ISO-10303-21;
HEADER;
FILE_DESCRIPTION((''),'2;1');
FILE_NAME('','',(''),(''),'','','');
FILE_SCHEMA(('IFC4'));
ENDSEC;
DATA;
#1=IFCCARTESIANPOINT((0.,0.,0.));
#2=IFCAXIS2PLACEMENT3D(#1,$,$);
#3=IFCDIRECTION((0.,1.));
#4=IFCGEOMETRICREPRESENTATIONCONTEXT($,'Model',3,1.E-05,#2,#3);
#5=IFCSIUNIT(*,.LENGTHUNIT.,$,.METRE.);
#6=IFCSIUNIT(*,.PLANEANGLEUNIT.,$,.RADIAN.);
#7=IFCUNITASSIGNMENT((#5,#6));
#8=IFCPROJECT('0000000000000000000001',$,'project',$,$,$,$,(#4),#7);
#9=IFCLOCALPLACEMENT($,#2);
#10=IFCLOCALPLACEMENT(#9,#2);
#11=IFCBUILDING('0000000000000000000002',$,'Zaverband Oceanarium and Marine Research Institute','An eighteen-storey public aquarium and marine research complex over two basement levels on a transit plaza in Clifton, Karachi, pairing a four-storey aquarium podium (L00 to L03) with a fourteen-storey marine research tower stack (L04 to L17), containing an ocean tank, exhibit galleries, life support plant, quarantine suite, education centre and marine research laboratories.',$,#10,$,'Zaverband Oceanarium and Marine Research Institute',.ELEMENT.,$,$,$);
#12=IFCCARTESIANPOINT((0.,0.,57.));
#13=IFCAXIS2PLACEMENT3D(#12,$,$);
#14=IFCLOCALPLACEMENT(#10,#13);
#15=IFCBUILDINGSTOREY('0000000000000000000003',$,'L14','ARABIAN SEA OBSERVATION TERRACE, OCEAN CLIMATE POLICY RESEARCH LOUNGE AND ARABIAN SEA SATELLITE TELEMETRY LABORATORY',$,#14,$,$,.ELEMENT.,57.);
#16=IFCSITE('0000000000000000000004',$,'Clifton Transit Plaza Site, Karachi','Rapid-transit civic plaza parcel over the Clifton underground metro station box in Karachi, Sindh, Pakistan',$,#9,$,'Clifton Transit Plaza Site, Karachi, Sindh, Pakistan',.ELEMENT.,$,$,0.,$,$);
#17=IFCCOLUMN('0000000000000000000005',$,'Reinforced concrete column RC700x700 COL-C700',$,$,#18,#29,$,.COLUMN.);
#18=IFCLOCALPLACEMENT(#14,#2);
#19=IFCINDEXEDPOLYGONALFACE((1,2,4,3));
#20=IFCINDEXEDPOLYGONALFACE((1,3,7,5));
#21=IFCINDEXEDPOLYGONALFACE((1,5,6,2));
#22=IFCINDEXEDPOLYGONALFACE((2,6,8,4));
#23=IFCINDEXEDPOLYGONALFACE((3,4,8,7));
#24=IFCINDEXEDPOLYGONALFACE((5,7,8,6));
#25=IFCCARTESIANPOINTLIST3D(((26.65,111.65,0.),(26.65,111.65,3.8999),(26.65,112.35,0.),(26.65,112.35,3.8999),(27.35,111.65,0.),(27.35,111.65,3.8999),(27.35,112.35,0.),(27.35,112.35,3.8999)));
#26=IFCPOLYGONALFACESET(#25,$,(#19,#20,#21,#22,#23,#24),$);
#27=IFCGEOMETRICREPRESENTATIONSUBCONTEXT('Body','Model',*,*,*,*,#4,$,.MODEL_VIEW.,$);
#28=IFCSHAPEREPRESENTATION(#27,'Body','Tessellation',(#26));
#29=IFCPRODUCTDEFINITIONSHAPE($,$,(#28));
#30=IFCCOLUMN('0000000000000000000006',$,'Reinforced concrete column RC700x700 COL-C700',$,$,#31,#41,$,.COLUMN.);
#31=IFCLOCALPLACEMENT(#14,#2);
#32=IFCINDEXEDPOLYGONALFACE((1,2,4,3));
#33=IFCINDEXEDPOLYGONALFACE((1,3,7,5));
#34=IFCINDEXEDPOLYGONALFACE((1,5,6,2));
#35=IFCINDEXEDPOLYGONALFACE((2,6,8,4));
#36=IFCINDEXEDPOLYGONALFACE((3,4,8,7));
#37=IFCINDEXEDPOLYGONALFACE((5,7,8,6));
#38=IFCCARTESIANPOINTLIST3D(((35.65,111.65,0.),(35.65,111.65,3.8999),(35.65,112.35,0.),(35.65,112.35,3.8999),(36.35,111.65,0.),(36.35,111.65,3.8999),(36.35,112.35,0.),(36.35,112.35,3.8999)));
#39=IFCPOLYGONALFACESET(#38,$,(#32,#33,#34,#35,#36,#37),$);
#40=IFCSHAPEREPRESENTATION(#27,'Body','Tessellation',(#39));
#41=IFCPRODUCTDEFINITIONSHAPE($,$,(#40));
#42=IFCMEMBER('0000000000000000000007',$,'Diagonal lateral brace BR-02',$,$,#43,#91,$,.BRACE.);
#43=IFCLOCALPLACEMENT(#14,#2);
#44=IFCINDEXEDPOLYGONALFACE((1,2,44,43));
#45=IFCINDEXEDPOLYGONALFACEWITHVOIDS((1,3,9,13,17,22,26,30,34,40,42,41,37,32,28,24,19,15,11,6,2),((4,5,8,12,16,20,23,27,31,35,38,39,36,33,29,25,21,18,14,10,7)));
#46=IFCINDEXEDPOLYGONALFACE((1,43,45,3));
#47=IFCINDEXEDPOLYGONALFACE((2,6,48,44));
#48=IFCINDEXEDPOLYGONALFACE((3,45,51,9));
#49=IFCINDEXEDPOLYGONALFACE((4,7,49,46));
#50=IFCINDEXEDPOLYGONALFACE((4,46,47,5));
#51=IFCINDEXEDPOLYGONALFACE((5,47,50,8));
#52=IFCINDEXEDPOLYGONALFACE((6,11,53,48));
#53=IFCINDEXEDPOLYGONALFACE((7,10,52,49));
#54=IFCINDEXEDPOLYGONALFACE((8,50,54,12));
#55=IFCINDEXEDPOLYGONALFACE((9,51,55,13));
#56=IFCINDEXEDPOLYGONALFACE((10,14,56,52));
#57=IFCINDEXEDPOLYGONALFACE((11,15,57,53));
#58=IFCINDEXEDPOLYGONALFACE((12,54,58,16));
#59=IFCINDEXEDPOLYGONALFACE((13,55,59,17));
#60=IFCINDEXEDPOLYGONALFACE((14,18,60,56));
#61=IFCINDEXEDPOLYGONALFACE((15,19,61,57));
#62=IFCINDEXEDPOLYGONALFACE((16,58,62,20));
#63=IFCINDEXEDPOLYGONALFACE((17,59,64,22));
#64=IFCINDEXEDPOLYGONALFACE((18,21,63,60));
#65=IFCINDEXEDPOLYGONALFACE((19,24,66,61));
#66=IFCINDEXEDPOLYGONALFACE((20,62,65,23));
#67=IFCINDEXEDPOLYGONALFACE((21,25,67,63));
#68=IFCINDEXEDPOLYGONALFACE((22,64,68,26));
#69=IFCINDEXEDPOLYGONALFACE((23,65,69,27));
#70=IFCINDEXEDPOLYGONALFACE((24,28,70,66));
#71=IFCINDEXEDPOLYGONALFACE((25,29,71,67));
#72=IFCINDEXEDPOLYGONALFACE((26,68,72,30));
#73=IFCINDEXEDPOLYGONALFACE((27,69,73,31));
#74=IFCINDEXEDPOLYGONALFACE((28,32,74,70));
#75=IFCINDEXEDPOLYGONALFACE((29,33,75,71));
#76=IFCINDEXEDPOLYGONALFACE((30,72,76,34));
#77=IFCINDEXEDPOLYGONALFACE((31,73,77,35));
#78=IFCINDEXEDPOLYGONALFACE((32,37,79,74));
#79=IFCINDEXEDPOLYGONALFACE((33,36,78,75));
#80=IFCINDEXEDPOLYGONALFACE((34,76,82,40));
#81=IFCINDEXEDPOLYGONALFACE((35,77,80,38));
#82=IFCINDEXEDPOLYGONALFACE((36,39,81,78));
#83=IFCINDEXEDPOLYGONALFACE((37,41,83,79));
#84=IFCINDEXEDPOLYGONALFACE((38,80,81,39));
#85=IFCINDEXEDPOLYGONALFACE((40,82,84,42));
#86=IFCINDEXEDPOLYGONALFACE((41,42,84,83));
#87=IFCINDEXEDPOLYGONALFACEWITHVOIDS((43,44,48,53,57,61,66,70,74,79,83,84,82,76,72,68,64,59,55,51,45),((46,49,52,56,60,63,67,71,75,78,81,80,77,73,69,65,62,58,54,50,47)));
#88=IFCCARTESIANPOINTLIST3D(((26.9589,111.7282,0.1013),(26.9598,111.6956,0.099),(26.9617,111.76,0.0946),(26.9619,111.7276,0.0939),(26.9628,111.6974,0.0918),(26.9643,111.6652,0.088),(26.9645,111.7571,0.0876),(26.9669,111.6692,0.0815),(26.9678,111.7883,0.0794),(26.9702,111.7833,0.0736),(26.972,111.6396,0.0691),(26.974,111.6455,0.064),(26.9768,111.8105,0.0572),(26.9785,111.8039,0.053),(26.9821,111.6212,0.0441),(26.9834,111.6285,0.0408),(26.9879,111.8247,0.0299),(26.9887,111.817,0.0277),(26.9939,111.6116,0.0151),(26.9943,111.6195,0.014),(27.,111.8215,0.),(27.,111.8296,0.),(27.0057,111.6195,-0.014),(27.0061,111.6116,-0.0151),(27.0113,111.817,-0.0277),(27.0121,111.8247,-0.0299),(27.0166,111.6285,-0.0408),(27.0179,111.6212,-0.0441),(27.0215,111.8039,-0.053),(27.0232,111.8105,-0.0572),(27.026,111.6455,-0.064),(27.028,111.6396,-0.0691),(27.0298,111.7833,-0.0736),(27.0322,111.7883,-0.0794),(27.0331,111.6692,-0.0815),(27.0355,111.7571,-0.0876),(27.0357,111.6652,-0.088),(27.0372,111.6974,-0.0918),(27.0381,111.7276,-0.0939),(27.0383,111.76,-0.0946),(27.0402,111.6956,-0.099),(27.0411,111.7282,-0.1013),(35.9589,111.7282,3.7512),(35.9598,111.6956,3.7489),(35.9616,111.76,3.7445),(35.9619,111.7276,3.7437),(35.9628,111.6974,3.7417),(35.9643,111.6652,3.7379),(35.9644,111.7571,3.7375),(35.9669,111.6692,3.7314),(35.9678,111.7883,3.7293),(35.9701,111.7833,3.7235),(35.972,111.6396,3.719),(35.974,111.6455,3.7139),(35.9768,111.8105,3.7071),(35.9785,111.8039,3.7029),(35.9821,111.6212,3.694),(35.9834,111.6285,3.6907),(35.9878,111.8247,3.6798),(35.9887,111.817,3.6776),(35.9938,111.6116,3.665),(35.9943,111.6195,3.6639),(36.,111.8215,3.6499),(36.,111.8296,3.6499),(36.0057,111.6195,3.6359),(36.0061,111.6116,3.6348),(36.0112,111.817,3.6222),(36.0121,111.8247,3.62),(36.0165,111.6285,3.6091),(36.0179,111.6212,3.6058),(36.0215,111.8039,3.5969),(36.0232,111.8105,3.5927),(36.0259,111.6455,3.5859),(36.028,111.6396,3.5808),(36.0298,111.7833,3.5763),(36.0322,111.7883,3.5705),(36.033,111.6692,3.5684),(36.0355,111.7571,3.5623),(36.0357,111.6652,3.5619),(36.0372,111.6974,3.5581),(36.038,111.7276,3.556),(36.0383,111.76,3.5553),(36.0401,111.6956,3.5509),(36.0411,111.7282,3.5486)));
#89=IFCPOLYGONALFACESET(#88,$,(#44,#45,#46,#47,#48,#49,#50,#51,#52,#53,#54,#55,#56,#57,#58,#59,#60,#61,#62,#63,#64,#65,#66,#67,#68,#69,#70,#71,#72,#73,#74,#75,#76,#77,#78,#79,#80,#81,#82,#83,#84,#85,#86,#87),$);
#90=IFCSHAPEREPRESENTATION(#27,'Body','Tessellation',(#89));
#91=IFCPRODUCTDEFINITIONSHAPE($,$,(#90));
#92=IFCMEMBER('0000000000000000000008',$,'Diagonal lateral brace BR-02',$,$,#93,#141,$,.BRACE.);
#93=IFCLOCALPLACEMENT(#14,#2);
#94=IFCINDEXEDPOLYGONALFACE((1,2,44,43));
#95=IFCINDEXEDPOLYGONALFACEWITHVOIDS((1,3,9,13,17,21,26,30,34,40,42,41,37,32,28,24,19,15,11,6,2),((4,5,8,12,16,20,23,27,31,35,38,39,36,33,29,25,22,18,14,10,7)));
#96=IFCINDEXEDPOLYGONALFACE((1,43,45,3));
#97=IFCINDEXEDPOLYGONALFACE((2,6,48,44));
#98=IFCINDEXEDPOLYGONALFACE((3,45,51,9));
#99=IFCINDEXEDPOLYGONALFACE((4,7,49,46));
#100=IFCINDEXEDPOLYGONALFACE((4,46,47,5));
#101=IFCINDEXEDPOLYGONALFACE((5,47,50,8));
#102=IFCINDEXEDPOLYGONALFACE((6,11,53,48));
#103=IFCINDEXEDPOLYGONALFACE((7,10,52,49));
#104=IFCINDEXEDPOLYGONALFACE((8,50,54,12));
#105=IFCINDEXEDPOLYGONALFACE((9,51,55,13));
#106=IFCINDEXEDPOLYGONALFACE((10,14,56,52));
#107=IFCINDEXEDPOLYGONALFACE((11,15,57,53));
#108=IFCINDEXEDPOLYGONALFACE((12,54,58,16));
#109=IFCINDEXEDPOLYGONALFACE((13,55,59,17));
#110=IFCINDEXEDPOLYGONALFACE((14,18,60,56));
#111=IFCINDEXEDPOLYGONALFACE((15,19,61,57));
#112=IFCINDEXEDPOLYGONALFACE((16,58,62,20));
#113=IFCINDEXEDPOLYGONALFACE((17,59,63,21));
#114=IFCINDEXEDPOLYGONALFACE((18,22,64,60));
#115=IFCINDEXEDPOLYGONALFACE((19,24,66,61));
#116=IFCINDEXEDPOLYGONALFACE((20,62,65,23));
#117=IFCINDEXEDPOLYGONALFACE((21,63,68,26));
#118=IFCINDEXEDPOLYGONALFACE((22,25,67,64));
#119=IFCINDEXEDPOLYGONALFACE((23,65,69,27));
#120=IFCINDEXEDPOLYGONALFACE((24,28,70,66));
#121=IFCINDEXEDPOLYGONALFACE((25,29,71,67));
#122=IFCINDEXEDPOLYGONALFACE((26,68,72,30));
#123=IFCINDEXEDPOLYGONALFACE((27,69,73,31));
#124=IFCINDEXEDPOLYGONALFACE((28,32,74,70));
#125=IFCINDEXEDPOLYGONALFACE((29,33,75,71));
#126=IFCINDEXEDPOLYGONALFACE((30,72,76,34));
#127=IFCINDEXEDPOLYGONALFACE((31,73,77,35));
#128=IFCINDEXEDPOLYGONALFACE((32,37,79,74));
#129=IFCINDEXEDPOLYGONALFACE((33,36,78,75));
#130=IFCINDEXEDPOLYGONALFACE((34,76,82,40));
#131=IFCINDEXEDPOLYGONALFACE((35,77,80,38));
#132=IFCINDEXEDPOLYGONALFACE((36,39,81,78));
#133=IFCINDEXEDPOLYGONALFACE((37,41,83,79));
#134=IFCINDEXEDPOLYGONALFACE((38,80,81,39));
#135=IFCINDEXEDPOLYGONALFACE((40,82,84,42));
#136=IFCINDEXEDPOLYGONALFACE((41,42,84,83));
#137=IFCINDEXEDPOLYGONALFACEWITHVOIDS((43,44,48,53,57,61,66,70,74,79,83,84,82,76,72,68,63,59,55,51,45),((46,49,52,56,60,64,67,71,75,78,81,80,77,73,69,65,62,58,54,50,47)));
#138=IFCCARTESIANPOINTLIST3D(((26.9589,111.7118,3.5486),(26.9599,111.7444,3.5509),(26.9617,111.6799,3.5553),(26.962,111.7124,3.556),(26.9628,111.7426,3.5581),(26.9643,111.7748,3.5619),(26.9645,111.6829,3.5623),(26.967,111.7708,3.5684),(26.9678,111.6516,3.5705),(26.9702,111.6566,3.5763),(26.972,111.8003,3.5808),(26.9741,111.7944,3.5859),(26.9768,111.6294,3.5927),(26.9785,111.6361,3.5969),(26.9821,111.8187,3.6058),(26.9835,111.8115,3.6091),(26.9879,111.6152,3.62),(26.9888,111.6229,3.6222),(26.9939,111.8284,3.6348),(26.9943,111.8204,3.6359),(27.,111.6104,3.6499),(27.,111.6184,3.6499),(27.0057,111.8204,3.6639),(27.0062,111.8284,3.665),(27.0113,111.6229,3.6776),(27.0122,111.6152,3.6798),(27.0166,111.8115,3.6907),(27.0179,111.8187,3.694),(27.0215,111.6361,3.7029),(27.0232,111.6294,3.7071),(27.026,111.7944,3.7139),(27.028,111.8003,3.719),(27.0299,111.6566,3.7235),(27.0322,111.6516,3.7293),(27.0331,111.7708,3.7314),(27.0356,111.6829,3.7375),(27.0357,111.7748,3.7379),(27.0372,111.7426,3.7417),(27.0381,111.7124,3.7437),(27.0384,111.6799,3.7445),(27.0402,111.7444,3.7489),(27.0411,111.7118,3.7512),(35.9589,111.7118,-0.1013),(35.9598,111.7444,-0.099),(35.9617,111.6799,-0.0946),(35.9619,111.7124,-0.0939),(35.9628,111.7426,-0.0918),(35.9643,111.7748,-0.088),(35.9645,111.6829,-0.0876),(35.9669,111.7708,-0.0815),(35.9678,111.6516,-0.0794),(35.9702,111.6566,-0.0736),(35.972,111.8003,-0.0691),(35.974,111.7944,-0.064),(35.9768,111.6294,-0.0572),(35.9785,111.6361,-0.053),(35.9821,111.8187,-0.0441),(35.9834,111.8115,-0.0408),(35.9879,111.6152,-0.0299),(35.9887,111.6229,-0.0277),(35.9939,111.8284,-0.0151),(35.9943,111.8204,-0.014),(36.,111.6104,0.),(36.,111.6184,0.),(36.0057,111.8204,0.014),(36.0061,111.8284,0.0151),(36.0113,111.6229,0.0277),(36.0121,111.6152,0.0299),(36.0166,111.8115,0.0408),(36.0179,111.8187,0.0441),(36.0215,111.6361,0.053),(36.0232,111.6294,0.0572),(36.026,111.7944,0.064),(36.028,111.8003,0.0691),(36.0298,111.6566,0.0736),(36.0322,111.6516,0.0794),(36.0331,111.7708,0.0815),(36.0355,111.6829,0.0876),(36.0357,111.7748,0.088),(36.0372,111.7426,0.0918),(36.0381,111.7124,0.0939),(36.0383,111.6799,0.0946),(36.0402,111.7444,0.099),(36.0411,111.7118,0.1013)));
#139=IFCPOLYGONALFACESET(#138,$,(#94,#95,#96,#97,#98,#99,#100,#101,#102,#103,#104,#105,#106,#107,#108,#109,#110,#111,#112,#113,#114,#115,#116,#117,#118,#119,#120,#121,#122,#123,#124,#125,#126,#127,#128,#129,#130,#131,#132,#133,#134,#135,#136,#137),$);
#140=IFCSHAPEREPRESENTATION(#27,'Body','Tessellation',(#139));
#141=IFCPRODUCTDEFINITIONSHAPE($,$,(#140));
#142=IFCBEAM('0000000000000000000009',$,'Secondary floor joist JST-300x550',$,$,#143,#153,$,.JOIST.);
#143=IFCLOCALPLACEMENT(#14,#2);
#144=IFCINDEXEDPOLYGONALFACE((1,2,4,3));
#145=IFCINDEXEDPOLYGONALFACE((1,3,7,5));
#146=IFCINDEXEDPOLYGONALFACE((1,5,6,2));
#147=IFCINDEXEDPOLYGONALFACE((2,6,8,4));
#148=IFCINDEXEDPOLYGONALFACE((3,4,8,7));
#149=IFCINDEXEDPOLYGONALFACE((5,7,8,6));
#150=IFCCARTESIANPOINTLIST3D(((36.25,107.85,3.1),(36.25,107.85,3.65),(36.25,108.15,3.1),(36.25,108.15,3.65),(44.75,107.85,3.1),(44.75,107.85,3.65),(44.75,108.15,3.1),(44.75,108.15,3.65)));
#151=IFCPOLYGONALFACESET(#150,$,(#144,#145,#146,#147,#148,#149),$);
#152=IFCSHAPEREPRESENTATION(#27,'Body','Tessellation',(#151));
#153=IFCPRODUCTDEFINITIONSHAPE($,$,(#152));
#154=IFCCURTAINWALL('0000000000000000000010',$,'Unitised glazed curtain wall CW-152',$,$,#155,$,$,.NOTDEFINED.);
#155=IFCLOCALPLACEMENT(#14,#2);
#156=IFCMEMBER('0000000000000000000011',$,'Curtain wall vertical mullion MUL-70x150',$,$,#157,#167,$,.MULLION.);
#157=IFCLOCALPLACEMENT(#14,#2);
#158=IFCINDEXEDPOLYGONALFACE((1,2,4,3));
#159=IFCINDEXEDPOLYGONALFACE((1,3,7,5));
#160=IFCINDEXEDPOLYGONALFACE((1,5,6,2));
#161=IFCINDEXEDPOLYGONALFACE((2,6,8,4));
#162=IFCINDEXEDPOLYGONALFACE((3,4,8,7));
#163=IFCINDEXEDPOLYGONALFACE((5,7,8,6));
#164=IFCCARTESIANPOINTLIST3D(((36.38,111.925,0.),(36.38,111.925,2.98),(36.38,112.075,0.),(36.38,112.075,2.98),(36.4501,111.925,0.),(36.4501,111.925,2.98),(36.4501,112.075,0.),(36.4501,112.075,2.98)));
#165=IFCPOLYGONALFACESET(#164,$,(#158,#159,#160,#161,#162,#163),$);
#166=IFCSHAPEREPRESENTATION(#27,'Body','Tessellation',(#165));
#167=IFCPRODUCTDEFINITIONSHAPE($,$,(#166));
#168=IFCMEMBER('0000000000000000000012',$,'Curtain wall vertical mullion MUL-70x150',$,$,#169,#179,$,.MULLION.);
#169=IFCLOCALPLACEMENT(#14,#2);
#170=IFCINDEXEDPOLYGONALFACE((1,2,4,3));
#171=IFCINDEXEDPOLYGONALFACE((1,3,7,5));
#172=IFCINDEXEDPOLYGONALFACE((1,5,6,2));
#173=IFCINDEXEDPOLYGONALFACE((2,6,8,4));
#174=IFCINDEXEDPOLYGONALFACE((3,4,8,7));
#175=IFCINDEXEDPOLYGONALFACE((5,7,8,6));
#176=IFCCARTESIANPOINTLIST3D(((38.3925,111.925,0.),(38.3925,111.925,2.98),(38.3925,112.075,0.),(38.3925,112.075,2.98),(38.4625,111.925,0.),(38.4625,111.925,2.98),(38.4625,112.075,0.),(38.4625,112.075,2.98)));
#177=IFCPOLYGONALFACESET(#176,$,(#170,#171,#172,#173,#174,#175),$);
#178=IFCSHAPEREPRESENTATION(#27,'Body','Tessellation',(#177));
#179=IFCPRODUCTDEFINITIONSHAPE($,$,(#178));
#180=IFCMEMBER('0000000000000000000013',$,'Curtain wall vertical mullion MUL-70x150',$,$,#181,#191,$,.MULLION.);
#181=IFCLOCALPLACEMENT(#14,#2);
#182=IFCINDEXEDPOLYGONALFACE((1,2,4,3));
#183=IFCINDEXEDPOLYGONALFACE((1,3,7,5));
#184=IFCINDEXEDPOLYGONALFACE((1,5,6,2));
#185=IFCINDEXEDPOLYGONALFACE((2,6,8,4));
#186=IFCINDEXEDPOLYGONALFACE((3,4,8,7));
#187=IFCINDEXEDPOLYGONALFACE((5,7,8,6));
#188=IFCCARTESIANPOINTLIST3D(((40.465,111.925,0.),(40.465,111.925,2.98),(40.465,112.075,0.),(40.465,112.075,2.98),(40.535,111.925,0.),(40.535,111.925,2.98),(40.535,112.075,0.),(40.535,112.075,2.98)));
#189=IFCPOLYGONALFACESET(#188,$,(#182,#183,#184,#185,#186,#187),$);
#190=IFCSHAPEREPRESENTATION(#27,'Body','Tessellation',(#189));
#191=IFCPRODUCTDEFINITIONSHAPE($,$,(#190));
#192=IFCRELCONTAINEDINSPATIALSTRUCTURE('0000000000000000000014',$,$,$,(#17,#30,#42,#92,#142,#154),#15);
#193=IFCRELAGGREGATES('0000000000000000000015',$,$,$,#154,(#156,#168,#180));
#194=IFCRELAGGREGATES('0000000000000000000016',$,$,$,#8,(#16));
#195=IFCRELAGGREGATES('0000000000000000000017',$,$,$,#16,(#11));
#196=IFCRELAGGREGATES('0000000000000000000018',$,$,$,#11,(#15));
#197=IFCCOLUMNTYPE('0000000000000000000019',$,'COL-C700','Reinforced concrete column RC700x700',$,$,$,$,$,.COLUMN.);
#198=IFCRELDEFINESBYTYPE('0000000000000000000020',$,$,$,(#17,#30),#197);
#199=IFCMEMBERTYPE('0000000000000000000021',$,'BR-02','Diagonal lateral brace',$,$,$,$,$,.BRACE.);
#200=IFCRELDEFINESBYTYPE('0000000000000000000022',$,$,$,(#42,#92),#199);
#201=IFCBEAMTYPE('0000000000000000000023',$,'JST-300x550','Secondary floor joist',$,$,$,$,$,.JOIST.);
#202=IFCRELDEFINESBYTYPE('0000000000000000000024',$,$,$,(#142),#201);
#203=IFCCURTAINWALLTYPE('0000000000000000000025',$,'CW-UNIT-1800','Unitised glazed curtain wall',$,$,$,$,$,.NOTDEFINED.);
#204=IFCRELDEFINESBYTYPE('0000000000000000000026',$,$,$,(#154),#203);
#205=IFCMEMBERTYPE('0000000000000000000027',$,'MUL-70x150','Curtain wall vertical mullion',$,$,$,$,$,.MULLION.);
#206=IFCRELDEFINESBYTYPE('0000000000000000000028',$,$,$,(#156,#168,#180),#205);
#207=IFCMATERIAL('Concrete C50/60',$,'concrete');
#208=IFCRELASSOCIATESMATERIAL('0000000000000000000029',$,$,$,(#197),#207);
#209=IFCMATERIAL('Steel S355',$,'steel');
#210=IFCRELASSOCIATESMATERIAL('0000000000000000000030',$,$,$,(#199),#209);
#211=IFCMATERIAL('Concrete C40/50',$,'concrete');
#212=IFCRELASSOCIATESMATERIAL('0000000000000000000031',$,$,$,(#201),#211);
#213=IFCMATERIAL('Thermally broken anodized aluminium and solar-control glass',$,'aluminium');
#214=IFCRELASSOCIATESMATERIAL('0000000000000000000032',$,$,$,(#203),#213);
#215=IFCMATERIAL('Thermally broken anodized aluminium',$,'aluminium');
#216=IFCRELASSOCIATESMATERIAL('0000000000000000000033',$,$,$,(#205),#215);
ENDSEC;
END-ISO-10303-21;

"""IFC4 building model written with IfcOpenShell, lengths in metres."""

from ifc_helpers import new_model, si_unit, direction, frame, origin, origin_2d, place, context, subcontext, project, spatial, rectangle, hollow_circle, extrude, material, material_profile, profile_set, type_object, element, aggregate, save


model = new_model("IFC4")

# Units and contexts
model_context = context("Model", 3, precision=1e-05, world=origin(), true_north=direction((0.0, 1.0)))
body_context = subcontext(model_context, "Body", "Model", "MODEL_VIEW")
ifc_project = project(units=[si_unit("LENGTHUNIT", "METRE"), si_unit("PLANEANGLEUNIT", "RADIAN")], contexts=[model_context])

# Site, building, storey
site_placement = place(None, origin())
site = spatial("IfcSite", under=ifc_project, at=site_placement, Name="Clifton Transit Plaza Site, Karachi", Description="Rapid-transit civic plaza parcel over the Clifton underground metro station box in Karachi, Sindh, Pakistan", LongName="Clifton Transit Plaza Site, Karachi, Sindh, Pakistan", CompositionType="ELEMENT", RefElevation=0.0)
building_placement = place(site_placement, origin())
building = spatial("IfcBuilding", under=site, at=building_placement, Name="Zaverband Oceanarium and Marine Research Institute", Description="An eighteen-storey public aquarium and marine research complex over two basement levels on a transit plaza in Clifton, Karachi, pairing a four-storey aquarium podium (L00 to L03) with a fourteen-storey marine research tower stack (L04 to L17), containing an ocean tank, exhibit galleries, life support plant, quarantine suite, education centre and marine research laboratories.", LongName="Zaverband Oceanarium and Marine Research Institute", CompositionType="ELEMENT")
storey_placement = place(building_placement, frame((0.0, 0.0, 57.0)))
storey = spatial("IfcBuildingStorey", under=building, at=storey_placement, Name="L14", Description="ARABIAN SEA OBSERVATION TERRACE, OCEAN CLIMATE POLICY RESEARCH LOUNGE AND ARABIAN SEA SATELLITE TELEMETRY LABORATORY", CompositionType="ELEMENT", Elevation=57.0)

# Columns
ifc_material_1 = material(Name="Concrete C50/60", Category="concrete")
ifc_material_profile_1 = material_profile(ifc_material_1, rectangle(XDim=0.7, YDim=0.7, at=origin_2d()), Name="RC700x700")
ifc_profile_set_1 = profile_set([ifc_material_profile_1], Name="Concrete C50/60")
column_type = type_object("IfcColumnType", Name="COL-C700", Description="Reinforced concrete column RC700x700", PredefinedType="COLUMN", material=ifc_profile_set_1)
for number, where, z_axis, x_axis, name in (
    (1, (27.0, 112.0, 0.0), (0.0, 0.0, 1.0), (1.0, 0.0, 0.0), "Reinforced concrete column RC700x700 COL-C700"),
    (2, (36.0, 112.0, 0.0), (0.0, 0.0, 1.0), (1.0, 0.0, 0.0), "Reinforced concrete column RC700x700 COL-C700"),
):
    element("IfcColumn", number, at=place(storey_placement, frame(where, z_axis=z_axis, x_axis=x_axis)), inside=storey, type_object=column_type, Name=name, PredefinedType="COLUMN", context=body_context, shape_type="SweptSolid", body=[
        extrude(rectangle(XDim=0.7, YDim=0.7, at=origin_2d()), origin(), (0.0, 0.0, 1.0), 3.8999),
    ])

# Members
ifc_material_2 = material(Name="Steel S355", Category="steel")
ifc_material_profile_2 = material_profile(ifc_material_2, hollow_circle(Radius=0.1096, WallThickness=0.0081, at=origin_2d()), Name="CHS219x8")
ifc_profile_set_2 = profile_set([ifc_material_profile_2], Name="Steel S355")
member_type_1 = type_object("IfcMemberType", Name="BR-02", Description="Diagonal lateral brace", PredefinedType="BRACE", material=ifc_profile_set_2)
for number, where, z_axis, x_axis, name in (
    (3, (27.0, 111.72, 0.0), (0.926694, 0.0, 0.375816), (0.0, 1.0, 0.0), "Diagonal lateral brace BR-02"),
    (4, (36.0, 111.72, 0.0), (-0.926694, 0.0, 0.375816), (0.0, -1.0, 0.0), "Diagonal lateral brace BR-02"),
):
    element("IfcMember", number, at=place(storey_placement, frame(where, z_axis=z_axis, x_axis=x_axis)), inside=storey, type_object=member_type_1, Name=name, PredefinedType="BRACE", context=body_context, shape_type="SweptSolid", body=[
        extrude(hollow_circle(Radius=0.1096, WallThickness=0.0081, at=origin_2d()), origin(), (0.0, 0.0, 1.0), 9.7119),
    ])

# Beam
ifc_material_3 = material(Name="Concrete C40/50", Category="concrete")
ifc_material_profile_3 = material_profile(ifc_material_3, rectangle(XDim=0.3, YDim=0.55, at=origin_2d()), Name="RC300x550")
ifc_profile_set_3 = profile_set([ifc_material_profile_3], Name="Concrete C40/50")
beam_type_1 = type_object("IfcBeamType", Name="JST-300x550", Description="Secondary floor joist", PredefinedType="JOIST", material=ifc_profile_set_3)
beam_placement = place(storey_placement, frame((36.25, 108.0, 3.375), z_axis=(1.0, 0.0, 0.0), x_axis=(0.0, 1.0, 0.0)))
element("IfcBeam", 5, at=beam_placement, inside=storey, type_object=beam_type_1, Name="Secondary floor joist JST-300x550", PredefinedType="JOIST", context=body_context, shape_type="SweptSolid", body=[
    extrude(rectangle(XDim=0.3, YDim=0.55, at=origin_2d()), origin(), (0.0, 0.0, 1.0), 8.5),
])

# Curtain wall, members
ifc_material_4 = material(Name="Thermally broken anodized aluminium and solar-control glass", Category="aluminium")
curtain_wall_type = type_object("IfcCurtainWallType", Name="CW-UNIT-1800", Description="Unitised glazed curtain wall", PredefinedType="NOTDEFINED", material=ifc_material_4)
curtain_wall_placement = place(storey_placement, origin())
curtain_wall = element("IfcCurtainWall", 6, at=curtain_wall_placement, inside=storey, type_object=curtain_wall_type, Name="Unitised glazed curtain wall CW-152", PredefinedType="NOTDEFINED")
ifc_material_5 = material(Name="Thermally broken anodized aluminium", Category="aluminium")
ifc_material_profile_4 = material_profile(ifc_material_5, rectangle(XDim=0.0701, YDim=0.1499, at=origin_2d()), Name="AL-MUL-70x150")
ifc_profile_set_4 = profile_set([ifc_material_profile_4], Name="Thermally broken anodized aluminium")
member_type_2 = type_object("IfcMemberType", Name="MUL-70x150", Description="Curtain wall vertical mullion", PredefinedType="MULLION", material=ifc_profile_set_4)
member_1_placement = place(storey_placement, frame((36.415, 112.0, 0.0), z_axis=(0.0, 0.0, 1.0), x_axis=(1.0, 0.0, 0.0)))
member_1 = element("IfcMember", 7, at=member_1_placement, type_object=member_type_2, Name="Curtain wall vertical mullion MUL-70x150", PredefinedType="MULLION", context=body_context, shape_type="SweptSolid", body=[
    extrude(rectangle(XDim=0.0701, YDim=0.1499, at=origin_2d()), origin(), (0.0, 0.0, 1.0), 2.98),
])
member_2_placement = place(storey_placement, frame((38.4275, 112.0, 0.0), z_axis=(0.0, 0.0, 1.0), x_axis=(1.0, 0.0, 0.0)))
member_2 = element("IfcMember", 8, at=member_2_placement, type_object=member_type_2, Name="Curtain wall vertical mullion MUL-70x150", PredefinedType="MULLION", context=body_context, shape_type="SweptSolid", body=[
    extrude(rectangle(XDim=0.0701, YDim=0.1499, at=origin_2d()), origin(), (0.0, 0.0, 1.0), 2.98),
])
member_3_placement = place(storey_placement, frame((40.5, 112.0, 0.0), z_axis=(0.0, 0.0, 1.0), x_axis=(1.0, 0.0, 0.0)))
member_3 = element("IfcMember", 9, at=member_3_placement, type_object=member_type_2, Name="Curtain wall vertical mullion MUL-70x150", PredefinedType="MULLION", context=body_context, shape_type="SweptSolid", body=[
    extrude(rectangle(XDim=0.0701, YDim=0.1499, at=origin_2d()), origin(), (0.0, 0.0, 1.0), 2.98),
])

aggregate(curtain_wall, [member_1, member_2, member_3])

save(model, "model.ifc")
